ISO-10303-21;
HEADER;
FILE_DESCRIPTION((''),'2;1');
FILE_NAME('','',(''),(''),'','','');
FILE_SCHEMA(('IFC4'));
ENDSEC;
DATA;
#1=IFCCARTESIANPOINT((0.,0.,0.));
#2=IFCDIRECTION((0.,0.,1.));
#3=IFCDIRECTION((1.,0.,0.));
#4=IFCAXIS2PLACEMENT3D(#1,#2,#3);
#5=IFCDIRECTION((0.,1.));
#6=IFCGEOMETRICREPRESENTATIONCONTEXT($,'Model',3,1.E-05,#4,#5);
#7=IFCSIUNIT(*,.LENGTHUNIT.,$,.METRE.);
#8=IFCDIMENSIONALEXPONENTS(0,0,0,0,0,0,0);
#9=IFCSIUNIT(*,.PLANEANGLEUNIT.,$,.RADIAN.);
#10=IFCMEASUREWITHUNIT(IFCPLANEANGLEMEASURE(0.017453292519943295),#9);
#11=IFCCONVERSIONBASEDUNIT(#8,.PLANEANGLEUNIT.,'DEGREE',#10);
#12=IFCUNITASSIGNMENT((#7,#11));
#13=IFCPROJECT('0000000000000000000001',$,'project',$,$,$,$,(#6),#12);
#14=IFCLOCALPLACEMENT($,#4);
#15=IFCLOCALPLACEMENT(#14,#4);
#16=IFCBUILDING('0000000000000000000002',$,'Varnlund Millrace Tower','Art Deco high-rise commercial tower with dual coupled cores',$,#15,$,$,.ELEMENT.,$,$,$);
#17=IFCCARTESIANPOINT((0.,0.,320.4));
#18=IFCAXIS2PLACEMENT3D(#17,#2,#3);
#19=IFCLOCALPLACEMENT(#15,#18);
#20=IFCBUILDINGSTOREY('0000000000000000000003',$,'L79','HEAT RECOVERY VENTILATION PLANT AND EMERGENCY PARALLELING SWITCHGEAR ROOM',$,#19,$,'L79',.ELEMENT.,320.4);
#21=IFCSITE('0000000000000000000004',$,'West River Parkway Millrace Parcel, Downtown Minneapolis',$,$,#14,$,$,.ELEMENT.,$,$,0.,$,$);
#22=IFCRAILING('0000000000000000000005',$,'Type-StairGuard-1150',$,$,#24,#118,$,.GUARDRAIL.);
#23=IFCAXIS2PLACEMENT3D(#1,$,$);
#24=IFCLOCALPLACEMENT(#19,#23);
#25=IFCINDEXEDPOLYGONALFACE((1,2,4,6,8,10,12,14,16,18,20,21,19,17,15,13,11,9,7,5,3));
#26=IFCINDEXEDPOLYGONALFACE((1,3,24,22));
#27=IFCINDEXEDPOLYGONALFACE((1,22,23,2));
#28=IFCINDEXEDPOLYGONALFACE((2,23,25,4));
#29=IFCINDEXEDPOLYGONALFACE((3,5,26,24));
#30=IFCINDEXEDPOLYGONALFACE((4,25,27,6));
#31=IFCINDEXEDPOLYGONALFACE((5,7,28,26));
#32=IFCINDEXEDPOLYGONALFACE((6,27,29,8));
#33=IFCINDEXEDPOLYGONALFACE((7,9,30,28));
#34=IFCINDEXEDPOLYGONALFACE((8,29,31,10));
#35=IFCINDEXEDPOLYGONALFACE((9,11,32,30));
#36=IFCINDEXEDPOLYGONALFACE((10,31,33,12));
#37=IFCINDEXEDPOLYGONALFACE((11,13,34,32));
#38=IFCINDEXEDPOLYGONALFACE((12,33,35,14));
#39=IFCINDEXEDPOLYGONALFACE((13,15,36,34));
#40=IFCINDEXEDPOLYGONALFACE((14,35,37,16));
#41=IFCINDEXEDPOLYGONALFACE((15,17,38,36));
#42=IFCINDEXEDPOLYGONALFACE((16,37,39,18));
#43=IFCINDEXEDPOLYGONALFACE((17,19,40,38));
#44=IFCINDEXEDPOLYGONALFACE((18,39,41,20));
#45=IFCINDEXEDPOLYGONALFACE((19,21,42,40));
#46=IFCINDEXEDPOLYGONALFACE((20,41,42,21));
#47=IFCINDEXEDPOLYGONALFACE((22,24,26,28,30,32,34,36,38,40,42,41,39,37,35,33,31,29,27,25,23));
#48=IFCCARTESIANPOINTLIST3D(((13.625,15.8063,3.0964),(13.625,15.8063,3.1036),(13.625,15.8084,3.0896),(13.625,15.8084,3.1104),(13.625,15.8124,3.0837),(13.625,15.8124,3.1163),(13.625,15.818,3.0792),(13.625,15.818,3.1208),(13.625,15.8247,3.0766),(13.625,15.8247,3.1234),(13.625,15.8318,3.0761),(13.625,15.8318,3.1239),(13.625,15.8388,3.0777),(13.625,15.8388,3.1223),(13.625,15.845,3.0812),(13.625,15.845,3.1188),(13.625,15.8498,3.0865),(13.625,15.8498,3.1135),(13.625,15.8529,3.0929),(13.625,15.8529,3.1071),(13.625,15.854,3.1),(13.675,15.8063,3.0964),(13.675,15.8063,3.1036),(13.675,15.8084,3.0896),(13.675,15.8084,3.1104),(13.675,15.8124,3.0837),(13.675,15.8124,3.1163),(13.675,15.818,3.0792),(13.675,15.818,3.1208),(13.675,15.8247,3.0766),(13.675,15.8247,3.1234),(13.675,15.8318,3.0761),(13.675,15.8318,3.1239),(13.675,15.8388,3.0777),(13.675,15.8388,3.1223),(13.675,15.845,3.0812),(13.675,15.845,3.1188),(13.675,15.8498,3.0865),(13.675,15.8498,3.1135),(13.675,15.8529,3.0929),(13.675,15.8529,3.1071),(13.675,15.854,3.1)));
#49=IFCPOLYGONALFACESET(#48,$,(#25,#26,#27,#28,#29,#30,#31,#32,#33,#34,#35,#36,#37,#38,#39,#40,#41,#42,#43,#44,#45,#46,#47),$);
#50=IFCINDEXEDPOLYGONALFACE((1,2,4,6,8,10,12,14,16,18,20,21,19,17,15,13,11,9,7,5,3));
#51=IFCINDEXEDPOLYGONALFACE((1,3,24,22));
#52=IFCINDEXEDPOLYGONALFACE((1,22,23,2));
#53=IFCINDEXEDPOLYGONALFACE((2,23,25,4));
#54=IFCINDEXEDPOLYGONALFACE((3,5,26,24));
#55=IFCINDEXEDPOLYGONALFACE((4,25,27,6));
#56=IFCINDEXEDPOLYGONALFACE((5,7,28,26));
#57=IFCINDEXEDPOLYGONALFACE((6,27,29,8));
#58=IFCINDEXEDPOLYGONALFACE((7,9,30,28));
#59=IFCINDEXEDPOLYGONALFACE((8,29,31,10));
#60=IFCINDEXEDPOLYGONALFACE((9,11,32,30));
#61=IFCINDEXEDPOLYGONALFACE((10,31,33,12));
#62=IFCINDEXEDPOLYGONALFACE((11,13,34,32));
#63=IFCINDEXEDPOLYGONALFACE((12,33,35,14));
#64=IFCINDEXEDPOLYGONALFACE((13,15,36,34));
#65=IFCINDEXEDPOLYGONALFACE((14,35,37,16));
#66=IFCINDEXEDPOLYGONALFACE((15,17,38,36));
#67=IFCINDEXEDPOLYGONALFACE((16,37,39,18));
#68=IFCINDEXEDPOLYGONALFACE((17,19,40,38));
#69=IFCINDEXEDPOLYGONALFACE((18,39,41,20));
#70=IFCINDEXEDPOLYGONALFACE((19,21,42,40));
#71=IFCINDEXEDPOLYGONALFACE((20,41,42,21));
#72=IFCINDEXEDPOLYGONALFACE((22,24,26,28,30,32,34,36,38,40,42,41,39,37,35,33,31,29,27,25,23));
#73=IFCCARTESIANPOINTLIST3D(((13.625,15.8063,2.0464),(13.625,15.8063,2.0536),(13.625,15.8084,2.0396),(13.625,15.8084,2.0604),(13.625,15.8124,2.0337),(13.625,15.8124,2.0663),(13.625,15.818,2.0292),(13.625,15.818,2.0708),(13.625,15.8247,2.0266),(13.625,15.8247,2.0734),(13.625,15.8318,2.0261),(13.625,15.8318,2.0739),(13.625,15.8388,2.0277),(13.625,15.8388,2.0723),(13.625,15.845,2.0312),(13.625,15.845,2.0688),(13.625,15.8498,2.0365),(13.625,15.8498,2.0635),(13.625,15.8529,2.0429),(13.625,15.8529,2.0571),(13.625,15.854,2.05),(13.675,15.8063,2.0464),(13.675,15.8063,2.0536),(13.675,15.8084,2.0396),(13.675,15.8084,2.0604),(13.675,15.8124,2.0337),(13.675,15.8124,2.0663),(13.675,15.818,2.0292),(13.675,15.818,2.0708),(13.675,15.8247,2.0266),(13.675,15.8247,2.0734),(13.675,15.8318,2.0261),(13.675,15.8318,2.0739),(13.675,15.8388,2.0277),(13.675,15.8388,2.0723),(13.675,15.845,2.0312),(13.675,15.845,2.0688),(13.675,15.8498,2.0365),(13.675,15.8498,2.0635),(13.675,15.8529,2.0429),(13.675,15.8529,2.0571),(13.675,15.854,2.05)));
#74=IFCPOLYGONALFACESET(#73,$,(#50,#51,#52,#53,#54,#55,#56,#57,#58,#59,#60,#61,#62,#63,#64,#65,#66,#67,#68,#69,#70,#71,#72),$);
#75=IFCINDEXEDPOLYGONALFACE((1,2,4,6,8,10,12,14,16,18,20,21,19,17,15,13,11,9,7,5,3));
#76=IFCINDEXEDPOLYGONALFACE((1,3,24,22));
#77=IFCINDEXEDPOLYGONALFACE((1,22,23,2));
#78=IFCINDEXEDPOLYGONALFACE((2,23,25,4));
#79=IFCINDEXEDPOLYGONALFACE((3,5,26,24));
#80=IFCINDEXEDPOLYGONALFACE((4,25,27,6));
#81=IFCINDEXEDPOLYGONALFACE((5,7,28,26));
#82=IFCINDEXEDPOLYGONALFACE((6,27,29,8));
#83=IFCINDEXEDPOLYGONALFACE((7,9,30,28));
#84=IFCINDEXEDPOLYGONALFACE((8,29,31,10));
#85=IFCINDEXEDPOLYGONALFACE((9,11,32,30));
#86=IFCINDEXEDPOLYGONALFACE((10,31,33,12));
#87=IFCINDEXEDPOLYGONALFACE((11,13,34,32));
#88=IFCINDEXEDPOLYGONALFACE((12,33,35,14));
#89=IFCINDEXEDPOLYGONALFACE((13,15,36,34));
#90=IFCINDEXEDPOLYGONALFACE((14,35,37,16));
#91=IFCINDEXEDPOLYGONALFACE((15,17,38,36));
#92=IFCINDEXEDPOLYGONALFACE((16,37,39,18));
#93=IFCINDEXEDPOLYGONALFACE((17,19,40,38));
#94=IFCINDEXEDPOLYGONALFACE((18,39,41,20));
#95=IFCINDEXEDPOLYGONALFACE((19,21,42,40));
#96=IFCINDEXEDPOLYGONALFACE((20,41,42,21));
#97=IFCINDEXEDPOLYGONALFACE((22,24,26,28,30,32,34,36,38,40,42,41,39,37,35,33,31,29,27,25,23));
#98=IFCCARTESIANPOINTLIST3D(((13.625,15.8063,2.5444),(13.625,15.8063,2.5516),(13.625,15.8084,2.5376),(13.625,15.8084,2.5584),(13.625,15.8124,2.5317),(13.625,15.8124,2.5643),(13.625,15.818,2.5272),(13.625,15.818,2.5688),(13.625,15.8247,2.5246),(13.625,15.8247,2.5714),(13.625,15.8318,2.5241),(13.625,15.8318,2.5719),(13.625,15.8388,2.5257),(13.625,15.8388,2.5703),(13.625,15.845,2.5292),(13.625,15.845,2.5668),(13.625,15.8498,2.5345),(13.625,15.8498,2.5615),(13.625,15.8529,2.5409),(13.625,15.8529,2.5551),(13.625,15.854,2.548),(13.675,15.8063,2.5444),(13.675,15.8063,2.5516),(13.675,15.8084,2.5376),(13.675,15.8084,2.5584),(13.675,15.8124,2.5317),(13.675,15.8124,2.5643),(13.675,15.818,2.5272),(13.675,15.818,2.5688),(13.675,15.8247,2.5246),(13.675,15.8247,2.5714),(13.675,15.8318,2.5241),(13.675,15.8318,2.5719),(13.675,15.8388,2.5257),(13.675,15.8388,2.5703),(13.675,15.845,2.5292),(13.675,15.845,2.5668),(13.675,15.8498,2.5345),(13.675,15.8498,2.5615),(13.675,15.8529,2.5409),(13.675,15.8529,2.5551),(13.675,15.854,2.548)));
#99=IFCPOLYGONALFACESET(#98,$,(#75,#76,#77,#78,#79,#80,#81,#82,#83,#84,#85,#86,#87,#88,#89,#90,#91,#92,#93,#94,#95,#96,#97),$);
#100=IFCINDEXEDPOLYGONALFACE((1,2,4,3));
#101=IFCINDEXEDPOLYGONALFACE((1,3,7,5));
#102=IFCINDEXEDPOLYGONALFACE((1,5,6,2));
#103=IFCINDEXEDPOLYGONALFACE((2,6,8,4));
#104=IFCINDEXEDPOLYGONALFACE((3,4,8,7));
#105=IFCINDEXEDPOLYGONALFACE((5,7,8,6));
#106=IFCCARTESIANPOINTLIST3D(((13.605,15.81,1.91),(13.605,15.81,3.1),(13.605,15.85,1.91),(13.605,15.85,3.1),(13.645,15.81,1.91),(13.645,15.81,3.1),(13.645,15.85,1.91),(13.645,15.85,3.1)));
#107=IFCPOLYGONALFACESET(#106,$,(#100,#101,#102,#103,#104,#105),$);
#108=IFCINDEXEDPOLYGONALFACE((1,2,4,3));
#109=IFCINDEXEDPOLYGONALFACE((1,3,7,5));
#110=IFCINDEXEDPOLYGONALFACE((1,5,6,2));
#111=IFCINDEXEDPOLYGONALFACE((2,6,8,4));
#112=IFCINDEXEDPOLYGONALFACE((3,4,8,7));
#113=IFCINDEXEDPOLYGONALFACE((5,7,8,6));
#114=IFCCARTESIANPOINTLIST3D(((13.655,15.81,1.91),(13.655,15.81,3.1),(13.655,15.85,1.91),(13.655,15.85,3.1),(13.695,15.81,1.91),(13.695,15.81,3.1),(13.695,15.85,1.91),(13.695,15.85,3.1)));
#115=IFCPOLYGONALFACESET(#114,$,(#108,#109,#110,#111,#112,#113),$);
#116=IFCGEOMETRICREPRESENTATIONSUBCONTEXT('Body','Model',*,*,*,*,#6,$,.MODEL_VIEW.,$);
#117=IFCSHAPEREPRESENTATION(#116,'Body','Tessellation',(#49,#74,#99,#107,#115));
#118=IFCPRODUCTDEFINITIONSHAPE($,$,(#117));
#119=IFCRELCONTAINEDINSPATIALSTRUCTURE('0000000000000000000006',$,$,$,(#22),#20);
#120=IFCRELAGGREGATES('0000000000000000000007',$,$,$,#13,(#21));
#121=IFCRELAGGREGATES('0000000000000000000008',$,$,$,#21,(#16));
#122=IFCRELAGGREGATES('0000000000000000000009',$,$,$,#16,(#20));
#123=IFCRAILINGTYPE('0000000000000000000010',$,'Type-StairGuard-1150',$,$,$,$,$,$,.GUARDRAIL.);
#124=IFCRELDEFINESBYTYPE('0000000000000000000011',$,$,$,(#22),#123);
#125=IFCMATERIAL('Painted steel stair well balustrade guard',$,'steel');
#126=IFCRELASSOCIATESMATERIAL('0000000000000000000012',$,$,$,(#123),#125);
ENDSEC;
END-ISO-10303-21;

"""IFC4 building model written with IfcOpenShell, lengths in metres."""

from ifc_helpers import new_model, entity, si_unit, converted_unit, direction, frame, origin_with_axes, origin_2d_with_axis, place, context, subcontext, project, spatial, rectangle, circle, extrude, material, type_object, element, save


model = new_model("IFC4")

# Units and contexts
model_context = context("Model", 3, precision=1e-05, world=origin_with_axes(), true_north=direction((0.0, 1.0)))
body_context = subcontext(model_context, "Body", "Model", "MODEL_VIEW")
ifc_project = project(units=[si_unit("LENGTHUNIT", "METRE"), converted_unit("PLANEANGLEUNIT", "DEGREE", entity("IfcPlaneAngleMeasure", 0.017453292519943295), si_unit("PLANEANGLEUNIT", "RADIAN"), dimensions=[0, 0, 0, 0, 0, 0, 0])], contexts=[model_context])

# Site, building, storey
site_placement = place(None, origin_with_axes())
site = spatial("IfcSite", under=ifc_project, at=site_placement, Name="West River Parkway Millrace Parcel, Downtown Minneapolis", CompositionType="ELEMENT", RefElevation=0.0)
building_placement = place(site_placement, origin_with_axes())
building = spatial("IfcBuilding", under=site, at=building_placement, Name="Varnlund Millrace Tower", Description="Art Deco high-rise commercial tower with dual coupled cores", CompositionType="ELEMENT")
storey_placement = place(building_placement, frame((0.0, 0.0, 320.4), z_axis=(0.0, 0.0, 1.0), x_axis=(1.0, 0.0, 0.0)))
storey = spatial("IfcBuildingStorey", under=building, at=storey_placement, Name="L79", Description="HEAT RECOVERY VENTILATION PLANT AND EMERGENCY PARALLELING SWITCHGEAR ROOM", LongName="L79", CompositionType="ELEMENT", Elevation=320.4)

# Railing
ifc_material_1 = material(Name="Painted steel stair well balustrade guard", Category="steel")
railing_type_1 = type_object("IfcRailingType", Name="Type-StairGuard-1150", PredefinedType="GUARDRAIL", material=ifc_material_1)
railing_1_placement = place(storey_placement, frame((0.0, 0.0, -320.4), z_axis=(0.0, 0.0, 1.0), x_axis=(1.0, 0.0, 0.0)))
element("IfcRailing", 1, at=railing_1_placement, inside=storey, type_object=railing_type_1, Name="Type-StairGuard-1150", PredefinedType="GUARDRAIL", context=body_context, shape_type="SweptSolid", body=[
    extrude(circle(Radius=0.024, at=origin_2d_with_axis()), frame((13.625, 15.83, 323.5), z_axis=(1.0, 0.0, 0.0), x_axis=(0.0, 1.0, 0.0)), (0.0, 0.0, 1.0), 0.05),
    extrude(circle(Radius=0.024, at=origin_2d_with_axis()), frame((13.625, 15.83, 322.45), z_axis=(1.0, 0.0, 0.0), x_axis=(0.0, 1.0, 0.0)), (0.0, 0.0, 1.0), 0.05),
    extrude(circle(Radius=0.024, at=origin_2d_with_axis()), frame((13.625, 15.83, 322.948), z_axis=(1.0, 0.0, 0.0), x_axis=(0.0, 1.0, 0.0)), (0.0, 0.0, 1.0), 0.05),
    extrude(rectangle(XDim=0.04, YDim=0.04, at=origin_2d_with_axis()), frame((13.625, 15.83, 322.31), z_axis=(0.0, 0.0, 1.0), x_axis=(1.0, 0.0, 0.0)), (0.0, 0.0, 1.0), 1.19),
    extrude(rectangle(XDim=0.04, YDim=0.04, at=origin_2d_with_axis()), frame((13.675, 15.83, 322.31), z_axis=(0.0, 0.0, 1.0), x_axis=(1.0, 0.0, 0.0)), (0.0, 0.0, 1.0), 1.19),
])

save(model, "model.ifc")
